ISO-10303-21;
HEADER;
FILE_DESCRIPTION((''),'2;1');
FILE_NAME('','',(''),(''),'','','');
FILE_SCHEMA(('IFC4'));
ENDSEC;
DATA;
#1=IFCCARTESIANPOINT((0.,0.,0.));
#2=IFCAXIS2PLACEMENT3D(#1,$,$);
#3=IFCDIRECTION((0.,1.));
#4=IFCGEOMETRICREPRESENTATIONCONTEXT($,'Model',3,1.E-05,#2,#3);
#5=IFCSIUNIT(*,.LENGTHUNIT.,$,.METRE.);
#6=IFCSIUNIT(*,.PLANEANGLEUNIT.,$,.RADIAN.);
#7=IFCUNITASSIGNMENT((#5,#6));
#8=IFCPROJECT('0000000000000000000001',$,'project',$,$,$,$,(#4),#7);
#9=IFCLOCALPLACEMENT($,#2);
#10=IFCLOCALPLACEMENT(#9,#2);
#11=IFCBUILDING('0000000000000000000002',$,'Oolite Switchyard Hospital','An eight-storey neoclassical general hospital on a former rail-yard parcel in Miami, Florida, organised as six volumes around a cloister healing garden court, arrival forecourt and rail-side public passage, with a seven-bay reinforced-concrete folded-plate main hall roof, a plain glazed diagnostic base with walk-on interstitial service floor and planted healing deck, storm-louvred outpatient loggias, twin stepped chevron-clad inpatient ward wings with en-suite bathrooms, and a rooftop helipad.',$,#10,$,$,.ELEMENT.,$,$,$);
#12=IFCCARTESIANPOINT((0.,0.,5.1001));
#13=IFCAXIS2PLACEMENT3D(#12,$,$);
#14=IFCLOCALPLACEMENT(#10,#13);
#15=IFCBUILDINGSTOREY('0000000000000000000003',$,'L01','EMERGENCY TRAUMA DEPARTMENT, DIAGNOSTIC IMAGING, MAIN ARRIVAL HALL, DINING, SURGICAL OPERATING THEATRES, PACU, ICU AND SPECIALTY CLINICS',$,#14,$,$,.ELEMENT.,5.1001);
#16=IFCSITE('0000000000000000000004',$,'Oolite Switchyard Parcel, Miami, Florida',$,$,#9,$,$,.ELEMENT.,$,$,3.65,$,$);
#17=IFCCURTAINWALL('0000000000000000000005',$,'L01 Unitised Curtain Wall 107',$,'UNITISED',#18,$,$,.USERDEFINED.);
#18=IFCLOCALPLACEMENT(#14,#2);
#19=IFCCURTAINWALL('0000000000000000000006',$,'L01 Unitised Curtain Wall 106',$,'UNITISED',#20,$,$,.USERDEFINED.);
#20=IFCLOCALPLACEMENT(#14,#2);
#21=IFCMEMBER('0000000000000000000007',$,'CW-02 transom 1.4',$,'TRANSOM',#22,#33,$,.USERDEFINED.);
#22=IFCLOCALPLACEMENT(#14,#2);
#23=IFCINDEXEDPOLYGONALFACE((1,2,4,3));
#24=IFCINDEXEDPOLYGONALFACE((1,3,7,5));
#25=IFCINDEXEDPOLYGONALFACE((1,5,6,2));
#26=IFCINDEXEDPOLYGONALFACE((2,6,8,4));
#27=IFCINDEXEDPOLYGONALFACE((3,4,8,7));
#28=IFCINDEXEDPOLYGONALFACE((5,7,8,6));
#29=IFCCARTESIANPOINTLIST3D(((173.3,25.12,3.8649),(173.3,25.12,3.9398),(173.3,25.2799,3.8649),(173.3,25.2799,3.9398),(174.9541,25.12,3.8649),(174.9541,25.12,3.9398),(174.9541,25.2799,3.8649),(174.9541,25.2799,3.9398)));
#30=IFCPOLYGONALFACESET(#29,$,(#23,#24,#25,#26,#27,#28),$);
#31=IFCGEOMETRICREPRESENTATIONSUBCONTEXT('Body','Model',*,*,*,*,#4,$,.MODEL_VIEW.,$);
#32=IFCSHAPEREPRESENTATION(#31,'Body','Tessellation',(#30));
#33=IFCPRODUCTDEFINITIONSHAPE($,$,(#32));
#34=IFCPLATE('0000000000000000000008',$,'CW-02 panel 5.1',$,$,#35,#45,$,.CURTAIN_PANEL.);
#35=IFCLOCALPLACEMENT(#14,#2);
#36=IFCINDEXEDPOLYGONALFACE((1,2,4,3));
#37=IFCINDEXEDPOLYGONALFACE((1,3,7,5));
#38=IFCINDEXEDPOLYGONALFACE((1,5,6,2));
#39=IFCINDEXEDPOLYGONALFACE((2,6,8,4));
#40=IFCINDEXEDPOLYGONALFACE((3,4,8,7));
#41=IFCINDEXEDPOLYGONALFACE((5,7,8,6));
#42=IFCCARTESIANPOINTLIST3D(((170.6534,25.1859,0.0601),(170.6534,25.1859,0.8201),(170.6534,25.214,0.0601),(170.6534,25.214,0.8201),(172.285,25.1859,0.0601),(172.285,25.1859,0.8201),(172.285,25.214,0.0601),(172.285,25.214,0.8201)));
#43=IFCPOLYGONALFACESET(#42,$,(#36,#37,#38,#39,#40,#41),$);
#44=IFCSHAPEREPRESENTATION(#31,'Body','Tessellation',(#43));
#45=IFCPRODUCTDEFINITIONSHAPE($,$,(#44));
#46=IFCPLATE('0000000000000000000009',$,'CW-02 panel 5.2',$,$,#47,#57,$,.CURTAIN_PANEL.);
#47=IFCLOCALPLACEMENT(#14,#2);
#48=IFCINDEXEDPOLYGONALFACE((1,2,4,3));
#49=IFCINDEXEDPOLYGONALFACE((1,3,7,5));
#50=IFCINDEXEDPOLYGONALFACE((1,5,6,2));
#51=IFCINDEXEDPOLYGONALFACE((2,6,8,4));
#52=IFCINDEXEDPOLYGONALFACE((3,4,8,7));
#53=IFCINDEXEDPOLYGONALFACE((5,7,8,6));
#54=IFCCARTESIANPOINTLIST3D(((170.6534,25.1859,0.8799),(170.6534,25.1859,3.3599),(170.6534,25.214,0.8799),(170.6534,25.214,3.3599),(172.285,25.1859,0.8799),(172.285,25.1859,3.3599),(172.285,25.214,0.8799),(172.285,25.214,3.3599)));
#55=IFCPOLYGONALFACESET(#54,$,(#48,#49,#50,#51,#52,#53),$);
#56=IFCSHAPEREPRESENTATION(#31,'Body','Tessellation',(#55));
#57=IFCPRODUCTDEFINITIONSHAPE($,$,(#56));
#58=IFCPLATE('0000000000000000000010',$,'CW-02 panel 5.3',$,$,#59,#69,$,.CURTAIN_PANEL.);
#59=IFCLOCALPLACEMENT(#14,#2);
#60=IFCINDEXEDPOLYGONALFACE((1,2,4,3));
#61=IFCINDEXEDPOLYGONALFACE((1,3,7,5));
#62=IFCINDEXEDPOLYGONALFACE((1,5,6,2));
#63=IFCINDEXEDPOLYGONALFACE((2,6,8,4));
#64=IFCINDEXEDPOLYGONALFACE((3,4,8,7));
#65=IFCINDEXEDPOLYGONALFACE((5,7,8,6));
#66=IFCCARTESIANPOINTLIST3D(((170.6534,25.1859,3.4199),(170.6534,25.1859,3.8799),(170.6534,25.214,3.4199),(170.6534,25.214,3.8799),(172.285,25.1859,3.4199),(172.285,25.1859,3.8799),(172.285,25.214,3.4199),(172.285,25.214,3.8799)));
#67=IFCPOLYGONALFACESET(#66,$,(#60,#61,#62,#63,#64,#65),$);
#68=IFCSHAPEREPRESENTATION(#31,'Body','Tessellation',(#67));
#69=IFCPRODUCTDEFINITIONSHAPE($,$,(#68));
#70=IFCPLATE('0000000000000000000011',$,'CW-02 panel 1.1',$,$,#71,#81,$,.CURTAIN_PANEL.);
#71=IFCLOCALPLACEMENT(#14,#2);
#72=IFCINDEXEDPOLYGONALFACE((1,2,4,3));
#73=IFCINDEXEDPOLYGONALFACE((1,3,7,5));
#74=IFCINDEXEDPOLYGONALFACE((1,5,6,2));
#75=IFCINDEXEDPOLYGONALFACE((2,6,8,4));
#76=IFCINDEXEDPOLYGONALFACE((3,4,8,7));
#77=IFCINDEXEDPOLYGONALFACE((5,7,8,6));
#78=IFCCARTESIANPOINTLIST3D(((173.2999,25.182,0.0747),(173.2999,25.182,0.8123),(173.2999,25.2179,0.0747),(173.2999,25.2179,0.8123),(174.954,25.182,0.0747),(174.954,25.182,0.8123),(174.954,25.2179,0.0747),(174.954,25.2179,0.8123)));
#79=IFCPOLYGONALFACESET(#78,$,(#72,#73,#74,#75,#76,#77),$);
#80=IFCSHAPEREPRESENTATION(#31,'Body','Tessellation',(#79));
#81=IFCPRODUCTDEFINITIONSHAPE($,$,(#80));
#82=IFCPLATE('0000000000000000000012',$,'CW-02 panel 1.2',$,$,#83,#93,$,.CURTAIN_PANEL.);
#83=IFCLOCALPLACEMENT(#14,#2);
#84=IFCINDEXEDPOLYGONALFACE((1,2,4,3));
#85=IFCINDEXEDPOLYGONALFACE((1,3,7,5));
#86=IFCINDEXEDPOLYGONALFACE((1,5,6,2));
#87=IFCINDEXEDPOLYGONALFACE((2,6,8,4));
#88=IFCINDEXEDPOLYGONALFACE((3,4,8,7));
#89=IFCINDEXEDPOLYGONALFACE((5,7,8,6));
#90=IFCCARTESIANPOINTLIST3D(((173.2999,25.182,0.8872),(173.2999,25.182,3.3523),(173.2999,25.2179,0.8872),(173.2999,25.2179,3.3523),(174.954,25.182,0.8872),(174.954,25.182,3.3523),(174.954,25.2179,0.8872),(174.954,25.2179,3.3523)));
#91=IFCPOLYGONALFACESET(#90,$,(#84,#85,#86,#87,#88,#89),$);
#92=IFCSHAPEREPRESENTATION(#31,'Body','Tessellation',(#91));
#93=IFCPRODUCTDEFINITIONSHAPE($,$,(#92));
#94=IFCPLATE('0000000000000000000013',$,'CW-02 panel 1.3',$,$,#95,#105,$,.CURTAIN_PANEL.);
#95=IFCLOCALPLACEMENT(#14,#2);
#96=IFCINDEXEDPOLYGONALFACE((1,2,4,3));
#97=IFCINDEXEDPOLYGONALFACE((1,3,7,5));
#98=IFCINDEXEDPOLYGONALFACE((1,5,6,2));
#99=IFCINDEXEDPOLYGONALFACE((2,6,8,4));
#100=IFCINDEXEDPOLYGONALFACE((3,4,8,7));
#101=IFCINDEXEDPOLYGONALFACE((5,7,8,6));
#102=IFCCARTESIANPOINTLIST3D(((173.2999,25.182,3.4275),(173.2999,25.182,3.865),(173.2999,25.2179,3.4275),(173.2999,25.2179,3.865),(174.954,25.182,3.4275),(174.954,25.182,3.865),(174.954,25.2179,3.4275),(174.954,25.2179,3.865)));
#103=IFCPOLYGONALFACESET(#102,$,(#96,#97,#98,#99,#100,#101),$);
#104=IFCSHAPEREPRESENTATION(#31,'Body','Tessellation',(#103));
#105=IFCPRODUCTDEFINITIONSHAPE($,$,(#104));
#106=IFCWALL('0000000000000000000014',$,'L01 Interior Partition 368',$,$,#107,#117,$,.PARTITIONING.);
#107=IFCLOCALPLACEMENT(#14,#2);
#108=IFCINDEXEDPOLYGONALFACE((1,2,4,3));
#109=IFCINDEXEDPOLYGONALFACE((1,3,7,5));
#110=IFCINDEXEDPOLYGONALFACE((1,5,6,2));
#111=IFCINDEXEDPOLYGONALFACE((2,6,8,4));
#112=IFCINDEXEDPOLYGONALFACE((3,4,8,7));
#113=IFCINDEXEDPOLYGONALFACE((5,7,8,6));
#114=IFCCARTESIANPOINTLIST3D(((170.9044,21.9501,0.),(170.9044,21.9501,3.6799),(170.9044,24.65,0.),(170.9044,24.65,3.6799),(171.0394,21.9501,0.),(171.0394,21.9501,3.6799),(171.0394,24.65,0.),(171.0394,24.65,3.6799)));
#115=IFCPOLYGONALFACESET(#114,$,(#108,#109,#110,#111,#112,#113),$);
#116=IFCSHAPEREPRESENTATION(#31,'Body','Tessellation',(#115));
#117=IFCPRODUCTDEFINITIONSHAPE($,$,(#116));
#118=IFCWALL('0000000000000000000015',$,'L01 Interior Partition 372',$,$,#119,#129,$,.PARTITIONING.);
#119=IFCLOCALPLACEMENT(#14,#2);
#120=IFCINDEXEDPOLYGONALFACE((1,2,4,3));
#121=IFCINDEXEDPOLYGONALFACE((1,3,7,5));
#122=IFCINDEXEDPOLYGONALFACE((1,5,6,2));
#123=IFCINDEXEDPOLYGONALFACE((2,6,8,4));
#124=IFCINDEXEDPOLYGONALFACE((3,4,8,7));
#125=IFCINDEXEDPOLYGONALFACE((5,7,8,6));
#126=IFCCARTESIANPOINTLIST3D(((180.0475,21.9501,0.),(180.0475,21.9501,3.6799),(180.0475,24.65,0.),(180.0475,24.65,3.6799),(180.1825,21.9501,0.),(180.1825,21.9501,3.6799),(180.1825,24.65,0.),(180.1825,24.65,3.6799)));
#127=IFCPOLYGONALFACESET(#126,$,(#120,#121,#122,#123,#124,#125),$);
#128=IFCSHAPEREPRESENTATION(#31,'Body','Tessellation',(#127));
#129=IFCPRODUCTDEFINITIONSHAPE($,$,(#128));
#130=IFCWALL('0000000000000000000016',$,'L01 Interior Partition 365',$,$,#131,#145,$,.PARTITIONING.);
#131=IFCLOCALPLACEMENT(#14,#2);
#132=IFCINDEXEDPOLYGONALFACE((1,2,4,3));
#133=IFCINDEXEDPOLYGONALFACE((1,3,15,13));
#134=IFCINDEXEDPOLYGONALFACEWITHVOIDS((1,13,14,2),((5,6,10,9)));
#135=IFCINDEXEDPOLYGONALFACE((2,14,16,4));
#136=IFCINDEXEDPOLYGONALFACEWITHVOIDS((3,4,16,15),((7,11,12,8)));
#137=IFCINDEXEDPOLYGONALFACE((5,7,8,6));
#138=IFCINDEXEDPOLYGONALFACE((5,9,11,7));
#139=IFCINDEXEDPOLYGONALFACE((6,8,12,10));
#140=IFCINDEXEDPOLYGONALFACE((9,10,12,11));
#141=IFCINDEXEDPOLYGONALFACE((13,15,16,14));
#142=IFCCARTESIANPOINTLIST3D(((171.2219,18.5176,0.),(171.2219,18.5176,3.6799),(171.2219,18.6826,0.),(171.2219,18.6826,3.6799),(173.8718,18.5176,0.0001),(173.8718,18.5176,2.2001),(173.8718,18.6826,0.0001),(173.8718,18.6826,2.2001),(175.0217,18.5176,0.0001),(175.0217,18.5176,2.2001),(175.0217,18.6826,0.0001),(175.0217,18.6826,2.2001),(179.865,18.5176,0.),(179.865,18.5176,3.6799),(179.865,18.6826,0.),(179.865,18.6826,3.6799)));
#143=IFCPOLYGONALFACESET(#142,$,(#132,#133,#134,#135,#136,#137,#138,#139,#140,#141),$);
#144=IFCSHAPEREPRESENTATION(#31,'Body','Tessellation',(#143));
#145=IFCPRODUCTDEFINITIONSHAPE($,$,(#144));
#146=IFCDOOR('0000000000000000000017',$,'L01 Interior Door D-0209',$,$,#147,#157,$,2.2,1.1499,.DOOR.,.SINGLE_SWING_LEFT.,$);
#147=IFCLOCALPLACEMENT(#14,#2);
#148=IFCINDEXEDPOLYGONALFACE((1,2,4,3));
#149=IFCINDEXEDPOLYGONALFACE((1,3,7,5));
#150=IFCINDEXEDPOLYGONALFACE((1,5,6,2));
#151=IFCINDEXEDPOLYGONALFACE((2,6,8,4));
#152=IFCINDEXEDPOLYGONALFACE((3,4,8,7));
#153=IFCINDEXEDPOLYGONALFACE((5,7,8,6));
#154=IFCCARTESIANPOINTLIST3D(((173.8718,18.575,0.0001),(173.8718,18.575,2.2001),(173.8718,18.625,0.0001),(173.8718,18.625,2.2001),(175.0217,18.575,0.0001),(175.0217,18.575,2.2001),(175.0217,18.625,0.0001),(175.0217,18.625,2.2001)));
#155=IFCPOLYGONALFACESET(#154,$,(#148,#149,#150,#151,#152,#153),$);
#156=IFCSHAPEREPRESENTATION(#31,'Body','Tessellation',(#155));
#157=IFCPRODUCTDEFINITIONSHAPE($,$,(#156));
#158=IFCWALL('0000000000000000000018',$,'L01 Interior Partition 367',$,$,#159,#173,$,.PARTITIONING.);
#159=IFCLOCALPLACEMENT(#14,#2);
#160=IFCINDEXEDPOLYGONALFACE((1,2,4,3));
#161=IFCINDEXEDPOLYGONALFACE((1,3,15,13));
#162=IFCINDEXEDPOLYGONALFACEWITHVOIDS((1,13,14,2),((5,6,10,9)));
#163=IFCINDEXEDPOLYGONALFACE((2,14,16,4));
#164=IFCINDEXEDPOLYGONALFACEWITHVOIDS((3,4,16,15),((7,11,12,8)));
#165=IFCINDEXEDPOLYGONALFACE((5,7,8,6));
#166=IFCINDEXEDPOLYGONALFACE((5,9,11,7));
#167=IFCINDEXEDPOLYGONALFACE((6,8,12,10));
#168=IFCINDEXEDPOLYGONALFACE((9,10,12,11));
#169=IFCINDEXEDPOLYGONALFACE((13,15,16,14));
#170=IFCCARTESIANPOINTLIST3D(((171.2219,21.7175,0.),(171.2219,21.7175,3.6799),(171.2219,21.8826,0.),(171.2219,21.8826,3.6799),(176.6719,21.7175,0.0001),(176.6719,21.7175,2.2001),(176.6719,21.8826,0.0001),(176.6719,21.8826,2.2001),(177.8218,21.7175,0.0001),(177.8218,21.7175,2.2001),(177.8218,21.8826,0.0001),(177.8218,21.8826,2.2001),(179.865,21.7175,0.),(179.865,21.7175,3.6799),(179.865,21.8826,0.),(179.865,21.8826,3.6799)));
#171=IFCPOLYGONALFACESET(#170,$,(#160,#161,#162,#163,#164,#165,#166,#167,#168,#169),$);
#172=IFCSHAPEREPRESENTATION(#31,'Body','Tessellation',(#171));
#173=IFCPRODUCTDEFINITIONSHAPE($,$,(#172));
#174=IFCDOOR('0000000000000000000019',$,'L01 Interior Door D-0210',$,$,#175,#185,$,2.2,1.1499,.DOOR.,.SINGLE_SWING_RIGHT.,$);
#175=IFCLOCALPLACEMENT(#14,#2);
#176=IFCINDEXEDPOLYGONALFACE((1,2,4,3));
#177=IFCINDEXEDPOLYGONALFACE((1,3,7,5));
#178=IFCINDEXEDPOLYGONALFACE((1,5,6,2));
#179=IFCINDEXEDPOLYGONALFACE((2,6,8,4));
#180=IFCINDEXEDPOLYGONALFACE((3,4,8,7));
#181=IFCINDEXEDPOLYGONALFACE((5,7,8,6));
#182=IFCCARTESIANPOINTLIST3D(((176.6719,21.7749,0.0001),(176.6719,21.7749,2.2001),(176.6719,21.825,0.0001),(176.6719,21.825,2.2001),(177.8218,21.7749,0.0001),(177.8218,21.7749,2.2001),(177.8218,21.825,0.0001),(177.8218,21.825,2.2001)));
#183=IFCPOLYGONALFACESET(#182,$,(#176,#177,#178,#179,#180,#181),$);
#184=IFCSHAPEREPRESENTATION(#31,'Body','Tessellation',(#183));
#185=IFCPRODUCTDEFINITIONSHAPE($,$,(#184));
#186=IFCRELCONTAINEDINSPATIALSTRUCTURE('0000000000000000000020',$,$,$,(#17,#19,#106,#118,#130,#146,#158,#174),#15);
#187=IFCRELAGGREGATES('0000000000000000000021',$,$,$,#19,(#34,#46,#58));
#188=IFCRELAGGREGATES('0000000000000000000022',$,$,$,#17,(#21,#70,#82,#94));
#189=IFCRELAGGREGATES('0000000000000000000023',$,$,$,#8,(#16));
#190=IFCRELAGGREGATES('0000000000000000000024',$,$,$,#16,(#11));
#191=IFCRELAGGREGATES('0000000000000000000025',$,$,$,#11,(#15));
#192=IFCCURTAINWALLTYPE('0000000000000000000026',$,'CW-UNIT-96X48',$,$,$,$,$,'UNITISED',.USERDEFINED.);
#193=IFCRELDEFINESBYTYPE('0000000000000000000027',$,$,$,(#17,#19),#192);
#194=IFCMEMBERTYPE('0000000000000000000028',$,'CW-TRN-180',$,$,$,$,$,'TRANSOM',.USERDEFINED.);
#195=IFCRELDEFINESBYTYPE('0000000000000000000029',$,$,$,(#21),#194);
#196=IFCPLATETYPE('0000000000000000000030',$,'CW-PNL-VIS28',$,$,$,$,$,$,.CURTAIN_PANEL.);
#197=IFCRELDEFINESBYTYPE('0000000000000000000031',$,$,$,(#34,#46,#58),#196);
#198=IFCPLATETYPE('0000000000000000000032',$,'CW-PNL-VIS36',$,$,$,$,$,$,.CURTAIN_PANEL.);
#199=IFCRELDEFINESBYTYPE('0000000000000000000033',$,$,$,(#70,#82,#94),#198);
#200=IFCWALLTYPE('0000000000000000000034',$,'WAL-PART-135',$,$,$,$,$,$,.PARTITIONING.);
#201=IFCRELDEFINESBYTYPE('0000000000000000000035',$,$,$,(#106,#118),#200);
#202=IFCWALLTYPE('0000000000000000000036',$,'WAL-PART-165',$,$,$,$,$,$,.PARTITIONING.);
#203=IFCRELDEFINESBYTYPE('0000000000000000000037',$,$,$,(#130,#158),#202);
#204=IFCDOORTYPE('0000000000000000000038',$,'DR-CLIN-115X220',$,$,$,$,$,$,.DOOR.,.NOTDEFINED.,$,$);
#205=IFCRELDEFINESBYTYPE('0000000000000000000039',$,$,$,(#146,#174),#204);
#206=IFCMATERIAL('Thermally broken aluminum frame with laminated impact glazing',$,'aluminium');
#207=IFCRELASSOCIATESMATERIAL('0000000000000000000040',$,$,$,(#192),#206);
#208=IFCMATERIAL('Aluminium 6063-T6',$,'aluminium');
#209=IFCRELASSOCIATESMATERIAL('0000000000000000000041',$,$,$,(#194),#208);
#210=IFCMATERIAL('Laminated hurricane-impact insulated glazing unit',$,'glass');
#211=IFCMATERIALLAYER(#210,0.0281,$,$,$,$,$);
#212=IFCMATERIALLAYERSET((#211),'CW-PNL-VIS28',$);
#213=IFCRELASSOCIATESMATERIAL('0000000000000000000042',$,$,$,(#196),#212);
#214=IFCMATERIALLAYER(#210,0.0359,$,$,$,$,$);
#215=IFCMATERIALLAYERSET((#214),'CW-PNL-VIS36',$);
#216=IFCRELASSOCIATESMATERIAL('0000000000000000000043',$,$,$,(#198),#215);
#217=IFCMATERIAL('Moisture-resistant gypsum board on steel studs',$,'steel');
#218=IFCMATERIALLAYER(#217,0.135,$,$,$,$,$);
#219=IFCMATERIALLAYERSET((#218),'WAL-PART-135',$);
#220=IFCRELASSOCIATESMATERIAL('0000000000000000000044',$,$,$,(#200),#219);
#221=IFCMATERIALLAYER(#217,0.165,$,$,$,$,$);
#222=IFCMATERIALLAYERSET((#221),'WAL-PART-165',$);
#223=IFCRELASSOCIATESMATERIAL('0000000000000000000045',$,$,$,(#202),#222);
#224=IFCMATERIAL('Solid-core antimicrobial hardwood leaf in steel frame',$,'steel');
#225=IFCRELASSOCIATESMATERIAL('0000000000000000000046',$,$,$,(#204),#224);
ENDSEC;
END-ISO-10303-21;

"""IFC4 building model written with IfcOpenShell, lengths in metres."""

from ifc_helpers import new_model, si_unit, direction, frame, frame_2d, origin, origin_2d, place, context, subcontext, project, spatial, rectangle, extrude, material, layer, layer_set, material_profile, profile_set, type_object, element, fill, aggregate, save


model = new_model("IFC4")

# Units and contexts
model_context = context("Model", 3, precision=1e-05, world=origin(), true_north=direction((0.0, 1.0)))
body_context = subcontext(model_context, "Body", "Model", "MODEL_VIEW")
ifc_project = project(units=[si_unit("LENGTHUNIT", "METRE"), si_unit("PLANEANGLEUNIT", "RADIAN")], contexts=[model_context])

# Site, building, storey
site_placement = place(None, origin())
site = spatial("IfcSite", under=ifc_project, at=site_placement, Name="Oolite Switchyard Parcel, Miami, Florida", CompositionType="ELEMENT", RefElevation=3.65)
building_placement = place(site_placement, origin())
building = spatial("IfcBuilding", under=site, at=building_placement, Name="Oolite Switchyard Hospital", Description="An eight-storey neoclassical general hospital on a former rail-yard parcel in Miami, Florida, organised as six volumes around a cloister healing garden court, arrival forecourt and rail-side public passage, with a seven-bay reinforced-concrete folded-plate main hall roof, a plain glazed diagnostic base with walk-on interstitial service floor and planted healing deck, storm-louvred outpatient loggias, twin stepped chevron-clad inpatient ward wings with en-suite bathrooms, and a rooftop helipad.", CompositionType="ELEMENT")
storey_placement = place(building_placement, frame((0.0, 0.0, 5.1001)))
storey = spatial("IfcBuildingStorey", under=building, at=storey_placement, Name="L01", Description="EMERGENCY TRAUMA DEPARTMENT, DIAGNOSTIC IMAGING, MAIN ARRIVAL HALL, DINING, SURGICAL OPERATING THEATRES, PACU, ICU AND SPECIALTY CLINICS", CompositionType="ELEMENT", Elevation=5.1001)

# Curtain walls
ifc_material_1 = material(Name="Thermally broken aluminum frame with laminated impact glazing", Category="aluminium")
curtain_wall_type = type_object("IfcCurtainWallType", Name="CW-UNIT-96X48", ElementType="UNITISED", PredefinedType="USERDEFINED", material=ifc_material_1)
curtain_wall_1_placement = place(storey_placement, origin())
curtain_wall_1 = element("IfcCurtainWall", 1, at=curtain_wall_1_placement, inside=storey, type_object=curtain_wall_type, Name="L01 Unitised Curtain Wall 107", ObjectType="UNITISED", PredefinedType="USERDEFINED")
ifc_material_2 = material(Name="Aluminium 6063-T6", Category="aluminium")
curtain_wall_2_placement = place(storey_placement, origin())
curtain_wall_2 = element("IfcCurtainWall", 2, at=curtain_wall_2_placement, inside=storey, type_object=curtain_wall_type, Name="L01 Unitised Curtain Wall 106", ObjectType="UNITISED", PredefinedType="USERDEFINED")

# Member
ifc_material_profile_1 = material_profile(ifc_material_2, rectangle(XDim=0.1599, YDim=0.075, at=origin_2d()), Name="CWT75X160")
ifc_profile_set_1 = profile_set([ifc_material_profile_1], Name="Aluminium 6063-T6")
member_type_1 = type_object("IfcMemberType", Name="CW-TRN-180", ElementType="TRANSOM", PredefinedType="USERDEFINED", material=ifc_profile_set_1)
member_1_placement = place(storey_placement, frame((173.3, 25.2, 3.9023), z_axis=(1.0, 0.0, 0.0), x_axis=(0.0, 1.0, 0.0)))
member_1 = element("IfcMember", 3, at=member_1_placement, type_object=member_type_1, Name="CW-02 transom 1.4", ObjectType="TRANSOM", PredefinedType="USERDEFINED", context=body_context, shape_type="SweptSolid", body=[
    extrude(rectangle(XDim=0.1599, YDim=0.075, at=origin_2d()), origin(), (0.0, 0.0, 1.0), 1.6541),
])

# Plates
ifc_material_3 = material(Name="Laminated hurricane-impact insulated glazing unit", Category="glass")
ifc_layer_1 = layer(ifc_material_3, 0.0281)
ifc_layer_set_1 = layer_set([ifc_layer_1], Name="CW-PNL-VIS28")
plate_type_1 = type_object("IfcPlateType", Name="CW-PNL-VIS28", PredefinedType="CURTAIN_PANEL", material=ifc_layer_set_1)
plate_1_placement = place(storey_placement, frame((171.4692, 25.2, 0.0601), z_axis=(0.0, 0.0, 1.0), x_axis=(1.0, 0.0, 0.0)))
plate_1 = element("IfcPlate", 4, at=plate_1_placement, type_object=plate_type_1, Name="CW-02 panel 5.1", PredefinedType="CURTAIN_PANEL", context=body_context, shape_type="SweptSolid", body=[
    extrude(rectangle(XDim=1.6316, YDim=0.0281, at=origin_2d()), origin(), (0.0, 0.0, 1.0), 0.76),
])
plate_2_placement = place(storey_placement, frame((171.4692, 25.2, 0.8799), z_axis=(0.0, 0.0, 1.0), x_axis=(1.0, 0.0, 0.0)))
plate_2 = element("IfcPlate", 5, at=plate_2_placement, type_object=plate_type_1, Name="CW-02 panel 5.2", PredefinedType="CURTAIN_PANEL", context=body_context, shape_type="SweptSolid", body=[
    extrude(rectangle(XDim=1.6316, YDim=0.0281, at=origin_2d()), origin(), (0.0, 0.0, 1.0), 2.48),
])
plate_3_placement = place(storey_placement, frame((171.4692, 25.2, 3.4199), z_axis=(0.0, 0.0, 1.0), x_axis=(1.0, 0.0, 0.0)))
plate_3 = element("IfcPlate", 6, at=plate_3_placement, type_object=plate_type_1, Name="CW-02 panel 5.3", PredefinedType="CURTAIN_PANEL", context=body_context, shape_type="SweptSolid", body=[
    extrude(rectangle(XDim=1.6316, YDim=0.0281, at=origin_2d()), origin(), (0.0, 0.0, 1.0), 0.46),
])
aggregate(curtain_wall_2, [plate_1, plate_2, plate_3])
ifc_layer_2 = layer(ifc_material_3, 0.0359)
ifc_layer_set_2 = layer_set([ifc_layer_2], Name="CW-PNL-VIS36")
plate_type_2 = type_object("IfcPlateType", Name="CW-PNL-VIS36", PredefinedType="CURTAIN_PANEL", material=ifc_layer_set_2)
plate_4_placement = place(storey_placement, frame((174.127, 25.2, 0.0747), z_axis=(0.0, 0.0, 1.0), x_axis=(1.0, 0.0, 0.0)))
plate_4 = element("IfcPlate", 7, at=plate_4_placement, type_object=plate_type_2, Name="CW-02 panel 1.1", PredefinedType="CURTAIN_PANEL", context=body_context, shape_type="SweptSolid", body=[
    extrude(rectangle(XDim=1.6541, YDim=0.0359, at=origin_2d()), origin(), (0.0, 0.0, 1.0), 0.7375),
])
plate_5_placement = place(storey_placement, frame((174.127, 25.2, 0.8872), z_axis=(0.0, 0.0, 1.0), x_axis=(1.0, 0.0, 0.0)))
plate_5 = element("IfcPlate", 8, at=plate_5_placement, type_object=plate_type_2, Name="CW-02 panel 1.2", PredefinedType="CURTAIN_PANEL", context=body_context, shape_type="SweptSolid", body=[
    extrude(rectangle(XDim=1.6541, YDim=0.0359, at=origin_2d()), origin(), (0.0, 0.0, 1.0), 2.4651),
])
plate_6_placement = place(storey_placement, frame((174.127, 25.2, 3.4275), z_axis=(0.0, 0.0, 1.0), x_axis=(1.0, 0.0, 0.0)))
plate_6 = element("IfcPlate", 9, at=plate_6_placement, type_object=plate_type_2, Name="CW-02 panel 1.3", PredefinedType="CURTAIN_PANEL", context=body_context, shape_type="SweptSolid", body=[
    extrude(rectangle(XDim=1.6541, YDim=0.0359, at=origin_2d()), origin(), (0.0, 0.0, 1.0), 0.4375),
])
aggregate(curtain_wall_1, [member_1, plate_4, plate_5, plate_6])

# Walls
ifc_material_4 = material(Name="Moisture-resistant gypsum board on steel studs", Category="steel")
ifc_layer_3 = layer(ifc_material_4, 0.135)
ifc_layer_set_3 = layer_set([ifc_layer_3], Name="WAL-PART-135")
wall_type_1 = type_object("IfcWallType", Name="WAL-PART-135", PredefinedType="PARTITIONING", material=ifc_layer_set_3)
for number, where, z_axis, x_axis, name in (
    (10, (170.9719, 21.95, 0.0), (0.0, 0.0, 1.0), (0.0, 1.0, 0.0), "L01 Interior Partition 368"),
    (11, (180.115, 21.95, 0.0), (0.0, 0.0, 1.0), (0.0, 1.0, 0.0), "L01 Interior Partition 372"),
):
    element("IfcWall", number, at=place(storey_placement, frame(where, z_axis=z_axis, x_axis=x_axis)), inside=storey, type_object=wall_type_1, Name=name, PredefinedType="PARTITIONING", context=body_context, shape_type="SweptSolid", body=[
        extrude(rectangle(XDim=2.7, YDim=0.135, at=frame_2d((1.3501, 0.0))), origin(), (0.0, 0.0, 1.0), 3.6799),
    ])

# Walls, openings, doors
ifc_layer_4 = layer(ifc_material_4, 0.165)
ifc_layer_set_4 = layer_set([ifc_layer_4], Name="WAL-PART-165")
wall_type_2 = type_object("IfcWallType", Name="WAL-PART-165", PredefinedType="PARTITIONING", material=ifc_layer_set_4)
wall_1_placement = place(storey_placement, frame((171.2219, 18.6001, 0.0), z_axis=(0.0, 0.0, 1.0), x_axis=(1.0, 0.0, 0.0)))
wall_1 = element("IfcWall", 12, at=wall_1_placement, inside=storey, type_object=wall_type_2, Name="L01 Interior Partition 365", PredefinedType="PARTITIONING", context=body_context, shape_type="SweptSolid", body=[
    extrude(rectangle(XDim=8.6431, YDim=0.165, at=frame_2d((4.3215, 0.0))), origin(), (0.0, 0.0, 1.0), 3.6799),
])
opening_1_placement = place(wall_1_placement, frame((2.6499, 0.0, 0.0)))
opening_1 = element("IfcOpeningElement", 13, at=opening_1_placement, cuts=wall_1, PredefinedType="OPENING", context=body_context, shape_type="SweptSolid", body=[
    extrude(rectangle(XDim=1.1499, YDim=2.2, at=frame_2d((0.575, 1.1001))), frame((0.0, 0.0925, 0.0), z_axis=(0.0, -1.0, 0.0), x_axis=(1.0, 0.0, 0.0)), (0.0, 0.0, 1.0), 0.1851),
])
ifc_material_5 = material(Name="Solid-core antimicrobial hardwood leaf in steel frame", Category="steel")
door_type_1 = type_object("IfcDoorType", Name="DR-CLIN-115X220", OperationType="NOTDEFINED", PredefinedType="DOOR", material=ifc_material_5)
door_1_placement = place(opening_1_placement, origin())
door_1 = element("IfcDoor", 14, at=door_1_placement, inside=storey, type_object=door_type_1, Name="L01 Interior Door D-0209", OperationType="SINGLE_SWING_LEFT", OverallHeight=2.2, OverallWidth=1.1499, PredefinedType="DOOR", context=body_context, shape_type="SweptSolid", body=[
    extrude(rectangle(XDim=1.1499, YDim=2.2, at=frame_2d((0.575, 1.1001))), frame((0.0, 0.0249, 0.0), z_axis=(0.0, -1.0, 0.0), x_axis=(1.0, 0.0, 0.0)), (0.0, 0.0, 1.0), 0.05),
])
fill(opening_1, door_1)
wall_2_placement = place(storey_placement, frame((171.2219, 21.8, 0.0), z_axis=(0.0, 0.0, 1.0), x_axis=(1.0, 0.0, 0.0)))
wall_2 = element("IfcWall", 15, at=wall_2_placement, inside=storey, type_object=wall_type_2, Name="L01 Interior Partition 367", PredefinedType="PARTITIONING", context=body_context, shape_type="SweptSolid", body=[
    extrude(rectangle(XDim=8.6431, YDim=0.165, at=frame_2d((4.3215, 0.0))), origin(), (0.0, 0.0, 1.0), 3.6799),
])
opening_2_placement = place(wall_2_placement, frame((5.45, 0.0, 0.0)))
opening_2 = element("IfcOpeningElement", 16, at=opening_2_placement, cuts=wall_2, PredefinedType="OPENING", context=body_context, shape_type="SweptSolid", body=[
    extrude(rectangle(XDim=1.1499, YDim=2.2, at=frame_2d((0.575, 1.1001))), frame((0.0, 0.0925, 0.0), z_axis=(0.0, -1.0, 0.0), x_axis=(1.0, 0.0, 0.0)), (0.0, 0.0, 1.0), 0.1851),
])
door_2_placement = place(opening_2_placement, origin())
door_2 = element("IfcDoor", 17, at=door_2_placement, inside=storey, type_object=door_type_1, Name="L01 Interior Door D-0210", OperationType="SINGLE_SWING_RIGHT", OverallHeight=2.2, OverallWidth=1.1499, PredefinedType="DOOR", context=body_context, shape_type="SweptSolid", body=[
    extrude(rectangle(XDim=1.1499, YDim=2.2, at=frame_2d((0.575, 1.1001))), frame((0.0, 0.0249, 0.0), z_axis=(0.0, -1.0, 0.0), x_axis=(1.0, 0.0, 0.0)), (0.0, 0.0, 1.0), 0.05),
])
fill(opening_2, door_2)

save(model, "model.ifc")
